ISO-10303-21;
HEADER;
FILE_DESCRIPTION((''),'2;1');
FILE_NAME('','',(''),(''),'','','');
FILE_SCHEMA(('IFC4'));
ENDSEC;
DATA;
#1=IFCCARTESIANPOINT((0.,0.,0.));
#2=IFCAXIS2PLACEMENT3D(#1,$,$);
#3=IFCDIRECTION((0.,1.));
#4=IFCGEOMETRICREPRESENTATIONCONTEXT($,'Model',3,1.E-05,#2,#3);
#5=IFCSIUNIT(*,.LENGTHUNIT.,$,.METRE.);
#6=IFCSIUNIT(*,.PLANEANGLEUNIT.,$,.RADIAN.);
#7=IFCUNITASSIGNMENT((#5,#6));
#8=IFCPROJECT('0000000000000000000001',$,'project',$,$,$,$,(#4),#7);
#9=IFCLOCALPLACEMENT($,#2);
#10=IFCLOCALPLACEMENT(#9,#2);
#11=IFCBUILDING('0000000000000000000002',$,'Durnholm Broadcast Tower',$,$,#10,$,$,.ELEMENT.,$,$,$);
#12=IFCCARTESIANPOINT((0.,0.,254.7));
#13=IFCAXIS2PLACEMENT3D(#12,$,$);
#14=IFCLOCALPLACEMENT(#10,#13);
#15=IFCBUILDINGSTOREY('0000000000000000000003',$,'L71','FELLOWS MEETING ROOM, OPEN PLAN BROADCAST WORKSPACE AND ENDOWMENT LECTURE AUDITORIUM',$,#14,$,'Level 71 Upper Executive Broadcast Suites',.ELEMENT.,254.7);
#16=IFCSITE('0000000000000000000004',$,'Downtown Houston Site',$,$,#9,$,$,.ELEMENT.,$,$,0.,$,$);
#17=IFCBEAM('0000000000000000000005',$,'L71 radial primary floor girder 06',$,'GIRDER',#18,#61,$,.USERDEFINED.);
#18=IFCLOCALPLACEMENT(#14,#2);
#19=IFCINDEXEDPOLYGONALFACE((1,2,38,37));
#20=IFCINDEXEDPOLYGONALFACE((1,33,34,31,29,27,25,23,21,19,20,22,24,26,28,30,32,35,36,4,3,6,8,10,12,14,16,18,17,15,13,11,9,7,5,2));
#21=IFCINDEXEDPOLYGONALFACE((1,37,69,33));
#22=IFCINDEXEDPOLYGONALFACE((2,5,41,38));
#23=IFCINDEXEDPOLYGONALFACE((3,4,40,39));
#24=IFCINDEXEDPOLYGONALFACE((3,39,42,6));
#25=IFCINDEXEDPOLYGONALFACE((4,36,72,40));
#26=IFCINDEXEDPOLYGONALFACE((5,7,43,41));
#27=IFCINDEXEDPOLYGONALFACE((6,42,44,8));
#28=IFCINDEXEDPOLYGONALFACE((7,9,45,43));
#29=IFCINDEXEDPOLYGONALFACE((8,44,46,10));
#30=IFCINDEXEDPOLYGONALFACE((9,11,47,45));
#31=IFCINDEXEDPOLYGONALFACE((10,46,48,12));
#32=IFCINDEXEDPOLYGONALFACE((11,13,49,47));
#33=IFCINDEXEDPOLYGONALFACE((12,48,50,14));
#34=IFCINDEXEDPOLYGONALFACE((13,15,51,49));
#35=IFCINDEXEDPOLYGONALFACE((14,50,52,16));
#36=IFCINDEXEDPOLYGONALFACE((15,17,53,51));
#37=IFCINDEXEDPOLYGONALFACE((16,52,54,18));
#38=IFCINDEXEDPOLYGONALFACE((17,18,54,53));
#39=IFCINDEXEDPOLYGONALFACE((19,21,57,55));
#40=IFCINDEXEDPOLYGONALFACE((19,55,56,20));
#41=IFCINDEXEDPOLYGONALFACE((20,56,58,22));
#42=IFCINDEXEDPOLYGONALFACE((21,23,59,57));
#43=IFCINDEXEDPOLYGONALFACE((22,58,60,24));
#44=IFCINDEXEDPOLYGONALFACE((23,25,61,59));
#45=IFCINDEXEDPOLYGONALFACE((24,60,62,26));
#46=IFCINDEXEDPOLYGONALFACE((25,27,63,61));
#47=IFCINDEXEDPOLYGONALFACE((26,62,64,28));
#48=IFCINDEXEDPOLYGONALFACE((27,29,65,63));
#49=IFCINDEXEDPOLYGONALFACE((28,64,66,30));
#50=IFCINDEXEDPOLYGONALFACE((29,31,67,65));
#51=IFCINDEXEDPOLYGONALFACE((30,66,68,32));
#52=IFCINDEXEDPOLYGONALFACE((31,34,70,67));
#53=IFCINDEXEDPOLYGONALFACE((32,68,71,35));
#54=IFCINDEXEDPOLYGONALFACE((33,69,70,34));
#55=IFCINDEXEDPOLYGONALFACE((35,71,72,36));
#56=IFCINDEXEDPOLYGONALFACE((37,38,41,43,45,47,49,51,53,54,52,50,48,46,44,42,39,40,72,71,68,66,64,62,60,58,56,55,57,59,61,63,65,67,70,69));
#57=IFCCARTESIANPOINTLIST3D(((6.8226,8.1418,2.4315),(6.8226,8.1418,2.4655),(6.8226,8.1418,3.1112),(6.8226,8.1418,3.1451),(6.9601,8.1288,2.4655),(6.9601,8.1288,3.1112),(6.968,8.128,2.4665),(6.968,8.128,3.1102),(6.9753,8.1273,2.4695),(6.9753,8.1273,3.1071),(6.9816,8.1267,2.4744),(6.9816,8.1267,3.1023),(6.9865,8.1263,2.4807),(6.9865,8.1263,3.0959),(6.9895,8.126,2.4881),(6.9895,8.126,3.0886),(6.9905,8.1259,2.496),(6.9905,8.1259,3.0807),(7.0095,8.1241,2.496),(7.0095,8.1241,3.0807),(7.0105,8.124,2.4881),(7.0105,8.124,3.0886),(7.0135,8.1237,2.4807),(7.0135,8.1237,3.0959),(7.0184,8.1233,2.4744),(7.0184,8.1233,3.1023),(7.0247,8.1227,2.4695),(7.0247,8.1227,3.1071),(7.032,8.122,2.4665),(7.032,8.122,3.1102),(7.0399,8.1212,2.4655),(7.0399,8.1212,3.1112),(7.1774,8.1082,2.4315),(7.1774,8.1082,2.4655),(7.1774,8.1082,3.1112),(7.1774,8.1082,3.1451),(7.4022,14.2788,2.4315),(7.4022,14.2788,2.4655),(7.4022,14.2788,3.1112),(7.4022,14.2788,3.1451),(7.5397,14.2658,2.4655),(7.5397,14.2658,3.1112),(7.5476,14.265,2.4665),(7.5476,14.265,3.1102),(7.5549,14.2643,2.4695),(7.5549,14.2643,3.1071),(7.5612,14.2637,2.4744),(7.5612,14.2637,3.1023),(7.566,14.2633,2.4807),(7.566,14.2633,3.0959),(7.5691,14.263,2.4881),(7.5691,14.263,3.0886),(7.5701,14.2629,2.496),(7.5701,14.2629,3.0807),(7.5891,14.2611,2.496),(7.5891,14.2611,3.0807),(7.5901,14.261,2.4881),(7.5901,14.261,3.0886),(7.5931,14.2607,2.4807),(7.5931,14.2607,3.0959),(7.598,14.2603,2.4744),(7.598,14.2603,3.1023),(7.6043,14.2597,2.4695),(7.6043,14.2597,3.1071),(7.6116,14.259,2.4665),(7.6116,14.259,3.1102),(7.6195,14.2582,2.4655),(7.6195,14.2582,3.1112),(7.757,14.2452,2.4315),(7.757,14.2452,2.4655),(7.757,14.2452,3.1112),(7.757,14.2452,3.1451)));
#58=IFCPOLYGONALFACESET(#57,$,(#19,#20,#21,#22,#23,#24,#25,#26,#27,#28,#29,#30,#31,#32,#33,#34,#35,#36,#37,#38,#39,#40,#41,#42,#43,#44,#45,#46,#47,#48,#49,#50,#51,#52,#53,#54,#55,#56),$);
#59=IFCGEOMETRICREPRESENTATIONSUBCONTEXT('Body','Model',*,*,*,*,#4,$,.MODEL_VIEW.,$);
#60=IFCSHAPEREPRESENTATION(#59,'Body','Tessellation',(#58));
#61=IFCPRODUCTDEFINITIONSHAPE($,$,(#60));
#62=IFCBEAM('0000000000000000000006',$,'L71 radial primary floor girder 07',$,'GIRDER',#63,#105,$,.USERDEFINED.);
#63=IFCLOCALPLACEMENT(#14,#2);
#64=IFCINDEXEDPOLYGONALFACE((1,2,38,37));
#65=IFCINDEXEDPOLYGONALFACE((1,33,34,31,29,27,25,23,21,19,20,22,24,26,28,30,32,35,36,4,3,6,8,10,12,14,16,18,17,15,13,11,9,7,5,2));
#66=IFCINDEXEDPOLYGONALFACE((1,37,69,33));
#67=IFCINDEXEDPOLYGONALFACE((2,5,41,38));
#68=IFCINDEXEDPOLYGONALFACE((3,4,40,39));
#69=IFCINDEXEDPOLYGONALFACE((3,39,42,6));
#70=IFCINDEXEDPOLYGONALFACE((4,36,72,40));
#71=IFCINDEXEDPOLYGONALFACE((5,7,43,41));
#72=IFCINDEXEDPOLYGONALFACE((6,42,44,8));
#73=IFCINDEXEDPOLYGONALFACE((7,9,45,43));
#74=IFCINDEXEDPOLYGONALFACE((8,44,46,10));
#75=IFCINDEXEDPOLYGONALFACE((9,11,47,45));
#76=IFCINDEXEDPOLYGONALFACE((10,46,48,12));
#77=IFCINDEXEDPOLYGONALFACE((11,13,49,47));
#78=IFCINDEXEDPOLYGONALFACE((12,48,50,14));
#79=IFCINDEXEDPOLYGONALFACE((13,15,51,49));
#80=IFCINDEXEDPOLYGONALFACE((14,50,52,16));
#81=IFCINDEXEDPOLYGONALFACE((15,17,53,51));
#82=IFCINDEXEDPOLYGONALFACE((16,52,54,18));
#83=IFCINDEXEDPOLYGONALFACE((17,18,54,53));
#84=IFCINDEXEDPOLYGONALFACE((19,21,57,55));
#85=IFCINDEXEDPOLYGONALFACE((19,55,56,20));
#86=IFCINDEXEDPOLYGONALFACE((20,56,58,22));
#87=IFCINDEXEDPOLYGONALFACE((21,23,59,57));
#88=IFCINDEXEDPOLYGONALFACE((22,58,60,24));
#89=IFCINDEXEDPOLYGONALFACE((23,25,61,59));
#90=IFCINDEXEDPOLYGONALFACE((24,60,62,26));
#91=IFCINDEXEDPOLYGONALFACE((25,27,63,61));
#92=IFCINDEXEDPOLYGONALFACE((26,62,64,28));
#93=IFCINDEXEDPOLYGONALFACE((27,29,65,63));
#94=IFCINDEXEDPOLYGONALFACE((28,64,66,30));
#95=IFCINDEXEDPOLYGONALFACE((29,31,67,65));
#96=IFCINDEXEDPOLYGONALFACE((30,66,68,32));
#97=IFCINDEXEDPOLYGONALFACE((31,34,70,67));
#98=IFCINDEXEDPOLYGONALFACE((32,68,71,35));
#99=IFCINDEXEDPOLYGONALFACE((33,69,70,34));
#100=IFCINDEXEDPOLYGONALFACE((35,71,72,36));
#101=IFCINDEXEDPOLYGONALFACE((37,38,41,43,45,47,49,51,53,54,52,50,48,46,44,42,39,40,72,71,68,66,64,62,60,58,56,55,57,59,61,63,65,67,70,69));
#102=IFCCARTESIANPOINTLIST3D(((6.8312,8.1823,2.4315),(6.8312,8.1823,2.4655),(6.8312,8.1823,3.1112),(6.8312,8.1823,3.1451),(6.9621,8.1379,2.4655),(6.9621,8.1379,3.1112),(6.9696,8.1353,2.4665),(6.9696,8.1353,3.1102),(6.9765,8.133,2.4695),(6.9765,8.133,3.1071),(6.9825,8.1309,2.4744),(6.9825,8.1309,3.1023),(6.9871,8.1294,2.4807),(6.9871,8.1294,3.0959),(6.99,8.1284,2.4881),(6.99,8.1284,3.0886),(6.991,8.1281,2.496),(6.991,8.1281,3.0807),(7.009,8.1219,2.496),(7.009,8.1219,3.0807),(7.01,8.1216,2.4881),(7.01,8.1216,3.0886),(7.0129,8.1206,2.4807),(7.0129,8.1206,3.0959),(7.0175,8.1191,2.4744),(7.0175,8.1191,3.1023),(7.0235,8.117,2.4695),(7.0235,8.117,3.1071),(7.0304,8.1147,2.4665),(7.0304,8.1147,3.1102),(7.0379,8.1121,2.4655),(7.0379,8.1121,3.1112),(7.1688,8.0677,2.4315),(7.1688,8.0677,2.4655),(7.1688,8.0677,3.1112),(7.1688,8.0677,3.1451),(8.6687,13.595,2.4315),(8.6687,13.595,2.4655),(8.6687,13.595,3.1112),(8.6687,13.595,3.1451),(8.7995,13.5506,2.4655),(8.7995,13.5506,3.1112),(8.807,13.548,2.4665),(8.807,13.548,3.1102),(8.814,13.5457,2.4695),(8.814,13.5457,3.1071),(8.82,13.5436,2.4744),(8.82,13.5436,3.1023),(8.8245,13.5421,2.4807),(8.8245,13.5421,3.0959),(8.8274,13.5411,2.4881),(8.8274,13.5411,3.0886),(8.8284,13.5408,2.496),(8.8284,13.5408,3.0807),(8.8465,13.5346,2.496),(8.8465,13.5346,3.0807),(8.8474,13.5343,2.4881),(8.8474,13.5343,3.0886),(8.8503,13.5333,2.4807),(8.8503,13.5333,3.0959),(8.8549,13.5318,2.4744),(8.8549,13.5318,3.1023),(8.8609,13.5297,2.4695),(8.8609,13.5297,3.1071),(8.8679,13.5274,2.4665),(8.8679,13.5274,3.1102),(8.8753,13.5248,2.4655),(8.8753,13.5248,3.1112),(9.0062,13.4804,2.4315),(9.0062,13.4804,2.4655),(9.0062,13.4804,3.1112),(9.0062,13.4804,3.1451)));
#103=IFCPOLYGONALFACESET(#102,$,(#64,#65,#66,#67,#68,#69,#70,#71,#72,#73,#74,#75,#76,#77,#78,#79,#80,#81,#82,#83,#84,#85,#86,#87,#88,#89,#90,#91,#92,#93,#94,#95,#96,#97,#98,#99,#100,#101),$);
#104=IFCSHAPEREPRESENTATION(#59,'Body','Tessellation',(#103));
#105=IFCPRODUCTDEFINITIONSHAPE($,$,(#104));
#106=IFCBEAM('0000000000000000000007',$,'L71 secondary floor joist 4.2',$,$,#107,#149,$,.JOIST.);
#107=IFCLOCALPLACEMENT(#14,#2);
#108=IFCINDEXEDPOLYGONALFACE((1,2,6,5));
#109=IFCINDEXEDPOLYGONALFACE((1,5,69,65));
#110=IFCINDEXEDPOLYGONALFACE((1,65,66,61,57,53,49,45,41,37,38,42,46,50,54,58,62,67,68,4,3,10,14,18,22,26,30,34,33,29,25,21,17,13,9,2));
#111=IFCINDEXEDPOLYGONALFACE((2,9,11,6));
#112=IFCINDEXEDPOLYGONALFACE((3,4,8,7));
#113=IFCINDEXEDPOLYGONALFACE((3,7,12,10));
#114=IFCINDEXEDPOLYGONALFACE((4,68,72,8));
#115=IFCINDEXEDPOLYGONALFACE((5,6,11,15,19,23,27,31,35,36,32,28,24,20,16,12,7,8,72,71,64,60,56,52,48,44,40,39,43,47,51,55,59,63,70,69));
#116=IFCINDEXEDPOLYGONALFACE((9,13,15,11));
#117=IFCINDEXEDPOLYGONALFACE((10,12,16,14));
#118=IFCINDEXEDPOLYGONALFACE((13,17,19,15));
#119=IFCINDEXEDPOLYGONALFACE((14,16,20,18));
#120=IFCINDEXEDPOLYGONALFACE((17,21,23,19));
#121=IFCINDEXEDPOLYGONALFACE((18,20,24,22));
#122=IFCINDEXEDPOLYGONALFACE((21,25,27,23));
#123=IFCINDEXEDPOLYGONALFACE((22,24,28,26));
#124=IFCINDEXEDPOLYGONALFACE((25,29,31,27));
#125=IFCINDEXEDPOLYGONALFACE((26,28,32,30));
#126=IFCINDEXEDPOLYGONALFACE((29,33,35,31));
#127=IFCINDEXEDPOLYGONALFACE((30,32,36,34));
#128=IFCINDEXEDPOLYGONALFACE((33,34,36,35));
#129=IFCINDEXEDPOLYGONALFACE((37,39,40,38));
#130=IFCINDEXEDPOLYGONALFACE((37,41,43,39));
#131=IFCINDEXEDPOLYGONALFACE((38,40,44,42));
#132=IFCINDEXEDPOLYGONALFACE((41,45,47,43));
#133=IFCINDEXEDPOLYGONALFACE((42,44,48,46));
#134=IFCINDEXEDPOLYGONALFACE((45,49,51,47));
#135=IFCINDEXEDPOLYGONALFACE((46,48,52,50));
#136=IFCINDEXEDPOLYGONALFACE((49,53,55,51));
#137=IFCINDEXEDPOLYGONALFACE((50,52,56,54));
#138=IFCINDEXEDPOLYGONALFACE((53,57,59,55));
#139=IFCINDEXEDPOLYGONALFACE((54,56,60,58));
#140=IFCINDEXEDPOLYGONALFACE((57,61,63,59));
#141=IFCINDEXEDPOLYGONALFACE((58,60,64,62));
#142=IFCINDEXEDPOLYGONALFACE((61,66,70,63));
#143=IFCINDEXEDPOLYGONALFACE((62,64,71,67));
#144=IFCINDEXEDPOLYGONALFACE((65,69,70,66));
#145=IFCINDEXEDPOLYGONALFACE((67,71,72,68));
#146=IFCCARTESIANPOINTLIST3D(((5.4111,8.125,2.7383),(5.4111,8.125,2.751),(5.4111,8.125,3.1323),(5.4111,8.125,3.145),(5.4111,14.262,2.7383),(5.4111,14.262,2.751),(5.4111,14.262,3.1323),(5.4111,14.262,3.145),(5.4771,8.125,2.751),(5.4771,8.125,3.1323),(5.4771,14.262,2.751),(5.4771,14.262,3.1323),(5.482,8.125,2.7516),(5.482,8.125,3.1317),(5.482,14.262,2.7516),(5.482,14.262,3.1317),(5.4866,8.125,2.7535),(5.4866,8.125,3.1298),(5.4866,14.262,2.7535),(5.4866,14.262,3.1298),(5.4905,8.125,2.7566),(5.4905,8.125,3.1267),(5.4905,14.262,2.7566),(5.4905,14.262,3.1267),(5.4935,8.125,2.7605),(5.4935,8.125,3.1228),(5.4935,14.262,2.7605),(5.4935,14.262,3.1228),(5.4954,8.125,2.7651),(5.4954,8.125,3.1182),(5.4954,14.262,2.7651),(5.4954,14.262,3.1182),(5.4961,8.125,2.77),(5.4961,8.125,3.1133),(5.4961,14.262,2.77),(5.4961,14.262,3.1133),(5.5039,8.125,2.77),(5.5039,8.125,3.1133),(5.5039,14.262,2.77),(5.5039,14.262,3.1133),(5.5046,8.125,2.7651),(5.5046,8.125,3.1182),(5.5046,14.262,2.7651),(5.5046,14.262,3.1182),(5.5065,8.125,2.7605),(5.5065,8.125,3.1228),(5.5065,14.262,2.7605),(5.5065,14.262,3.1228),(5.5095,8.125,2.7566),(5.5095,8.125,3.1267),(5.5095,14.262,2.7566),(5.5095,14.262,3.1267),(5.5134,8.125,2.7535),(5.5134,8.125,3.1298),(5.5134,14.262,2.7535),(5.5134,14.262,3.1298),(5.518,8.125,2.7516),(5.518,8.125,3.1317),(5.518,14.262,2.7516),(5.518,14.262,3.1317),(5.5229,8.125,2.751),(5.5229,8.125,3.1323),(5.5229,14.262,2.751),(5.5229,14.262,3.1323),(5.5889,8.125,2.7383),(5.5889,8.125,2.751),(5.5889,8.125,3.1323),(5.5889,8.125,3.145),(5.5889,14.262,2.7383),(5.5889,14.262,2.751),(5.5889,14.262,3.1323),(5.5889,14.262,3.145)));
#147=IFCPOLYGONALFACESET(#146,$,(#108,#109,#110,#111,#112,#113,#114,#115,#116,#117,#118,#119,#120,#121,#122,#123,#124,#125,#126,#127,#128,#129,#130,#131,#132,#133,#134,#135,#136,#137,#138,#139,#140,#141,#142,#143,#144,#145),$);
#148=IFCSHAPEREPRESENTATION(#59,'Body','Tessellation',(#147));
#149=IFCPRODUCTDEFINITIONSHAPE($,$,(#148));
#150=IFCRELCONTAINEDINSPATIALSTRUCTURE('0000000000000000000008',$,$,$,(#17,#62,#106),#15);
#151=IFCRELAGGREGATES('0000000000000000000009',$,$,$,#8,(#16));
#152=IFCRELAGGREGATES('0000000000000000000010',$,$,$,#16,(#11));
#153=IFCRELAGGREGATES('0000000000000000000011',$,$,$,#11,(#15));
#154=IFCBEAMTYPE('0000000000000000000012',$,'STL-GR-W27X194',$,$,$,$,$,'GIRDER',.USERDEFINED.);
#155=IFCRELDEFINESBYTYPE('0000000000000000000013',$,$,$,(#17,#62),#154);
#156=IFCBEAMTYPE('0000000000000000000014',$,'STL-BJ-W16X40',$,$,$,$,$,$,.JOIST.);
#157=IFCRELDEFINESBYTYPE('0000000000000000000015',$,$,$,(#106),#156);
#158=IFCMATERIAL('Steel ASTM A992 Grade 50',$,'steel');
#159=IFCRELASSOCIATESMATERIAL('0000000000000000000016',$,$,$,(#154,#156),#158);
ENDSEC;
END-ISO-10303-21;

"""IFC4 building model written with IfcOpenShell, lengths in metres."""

from ifc_helpers import new_model, si_unit, direction, frame, origin, origin_2d, place, context, subcontext, project, spatial, i_section, extrude, source, transform, mapped, material, material_profile, profile_set, type_object, type_shapes, element, save


model = new_model("IFC4")

# Units and contexts
model_context = context("Model", 3, precision=1e-05, world=origin(), true_north=direction((0.0, 1.0)))
body_context = subcontext(model_context, "Body", "Model", "MODEL_VIEW")
ifc_project = project(units=[si_unit("LENGTHUNIT", "METRE"), si_unit("PLANEANGLEUNIT", "RADIAN")], contexts=[model_context])

# Site, building, storey
site_placement = place(None, origin())
site = spatial("IfcSite", under=ifc_project, at=site_placement, Name="Downtown Houston Site", CompositionType="ELEMENT", RefElevation=0.0)
building_placement = place(site_placement, origin())
building = spatial("IfcBuilding", under=site, at=building_placement, Name="Durnholm Broadcast Tower", CompositionType="ELEMENT")
storey_placement = place(building_placement, frame((0.0, 0.0, 254.7)))
storey = spatial("IfcBuildingStorey", under=building, at=storey_placement, Name="L71", Description="FELLOWS MEETING ROOM, OPEN PLAN BROADCAST WORKSPACE AND ENDOWMENT LECTURE AUDITORIUM", LongName="Level 71 Upper Executive Broadcast Suites", CompositionType="ELEMENT", Elevation=254.7)

# Beams
ifc_material_1 = material(Name="Steel ASTM A992 Grade 50", Category="steel")
ifc_material_profile_1 = material_profile(ifc_material_1, i_section(OverallWidth=0.3564, OverallDepth=0.7136, WebThickness=0.019, FlangeThickness=0.0339, FilletRadius=0.0305, at=origin_2d()), Name="W27X194")
ifc_profile_set_1 = profile_set([ifc_material_profile_1], Name="Steel ASTM A992 Grade 50")
beam_type_1 = type_object("IfcBeamType", Name="STL-GR-W27X194", ElementType="GIRDER", PredefinedType="USERDEFINED", material=ifc_profile_set_1)
shared_shape_1 = source(origin(), body_context, "Body", "SweptSolid", [
    extrude(i_section(OverallWidth=0.3564, OverallDepth=0.7136, WebThickness=0.019, FlangeThickness=0.0339, FilletRadius=0.0305, at=origin_2d()), origin(), (0.0, 0.0, 1.0), 6.1643),
])
beam_1_placement = place(storey_placement, frame((7.0, 8.125, 2.7883), z_axis=(0.094024, 0.99557, 0.0), x_axis=(-0.99557, 0.094024, 0.0)))
element("IfcBeam", 1, at=beam_1_placement, inside=storey, type_object=beam_type_1, Name="L71 radial primary floor girder 06", ObjectType="GIRDER", PredefinedType="USERDEFINED", context=body_context, shape_type="MappedRepresentation", body=[
    mapped(shared_shape_1, transform((0.0, 0.0, 0.0), x_axis=(1.0, 0.0, 0.0), y_axis=(0.0, 1.0, 0.0), z_axis=(0.0, 0.0, 1.0), scale=1.0)),
])
shared_shape_2 = source(origin(), body_context, "Body", "SweptSolid", [
    extrude(i_section(OverallWidth=0.3564, OverallDepth=0.7136, WebThickness=0.019, FlangeThickness=0.0339, FilletRadius=0.0305, at=origin_2d()), origin(), (0.0, 0.0, 1.0), 5.7161),
])
type_shapes(beam_type_1, [shared_shape_1, shared_shape_2])
beam_2_placement = place(storey_placement, frame((7.0, 8.125, 2.7883), z_axis=(0.321451, 0.946926, 0.0), x_axis=(-0.946926, 0.321451, 0.0)))
element("IfcBeam", 2, at=beam_2_placement, inside=storey, type_object=beam_type_1, Name="L71 radial primary floor girder 07", ObjectType="GIRDER", PredefinedType="USERDEFINED", context=body_context, shape_type="MappedRepresentation", body=[
    mapped(shared_shape_2, transform((0.0, 0.0, 0.0), x_axis=(1.0, 0.0, 0.0), y_axis=(0.0, 1.0, 0.0), z_axis=(0.0, 0.0, 1.0), scale=1.0)),
])
ifc_material_profile_2 = material_profile(ifc_material_1, i_section(OverallWidth=0.1777, OverallDepth=0.4067, WebThickness=0.0078, FlangeThickness=0.0127, FilletRadius=0.019, at=origin_2d()), Name="W16X40")
ifc_profile_set_2 = profile_set([ifc_material_profile_2], Name="Steel ASTM A992 Grade 50")
beam_type_2 = type_object("IfcBeamType", Name="STL-BJ-W16X40", PredefinedType="JOIST", material=ifc_profile_set_2)
shared_shape_3 = source(origin(), body_context, "Body", "SweptSolid", [
    extrude(i_section(OverallWidth=0.1777, OverallDepth=0.4067, WebThickness=0.0078, FlangeThickness=0.0127, FilletRadius=0.019, at=origin_2d()), origin(), (0.0, 0.0, 1.0), 6.137),
])
type_shapes(beam_type_2, [shared_shape_3])
beam_3_placement = place(storey_placement, frame((5.5, 8.125, 2.9417), z_axis=(0.0, 1.0, 0.0), x_axis=(-1.0, 0.0, 0.0)))
element("IfcBeam", 3, at=beam_3_placement, inside=storey, type_object=beam_type_2, Name="L71 secondary floor joist 4.2", PredefinedType="JOIST", context=body_context, shape_type="MappedRepresentation", body=[
    mapped(shared_shape_3, transform((0.0, 0.0, 0.0), x_axis=(1.0, 0.0, 0.0), y_axis=(0.0, 1.0, 0.0), z_axis=(0.0, 0.0, 1.0), scale=1.0)),
])

save(model, "model.ifc")
